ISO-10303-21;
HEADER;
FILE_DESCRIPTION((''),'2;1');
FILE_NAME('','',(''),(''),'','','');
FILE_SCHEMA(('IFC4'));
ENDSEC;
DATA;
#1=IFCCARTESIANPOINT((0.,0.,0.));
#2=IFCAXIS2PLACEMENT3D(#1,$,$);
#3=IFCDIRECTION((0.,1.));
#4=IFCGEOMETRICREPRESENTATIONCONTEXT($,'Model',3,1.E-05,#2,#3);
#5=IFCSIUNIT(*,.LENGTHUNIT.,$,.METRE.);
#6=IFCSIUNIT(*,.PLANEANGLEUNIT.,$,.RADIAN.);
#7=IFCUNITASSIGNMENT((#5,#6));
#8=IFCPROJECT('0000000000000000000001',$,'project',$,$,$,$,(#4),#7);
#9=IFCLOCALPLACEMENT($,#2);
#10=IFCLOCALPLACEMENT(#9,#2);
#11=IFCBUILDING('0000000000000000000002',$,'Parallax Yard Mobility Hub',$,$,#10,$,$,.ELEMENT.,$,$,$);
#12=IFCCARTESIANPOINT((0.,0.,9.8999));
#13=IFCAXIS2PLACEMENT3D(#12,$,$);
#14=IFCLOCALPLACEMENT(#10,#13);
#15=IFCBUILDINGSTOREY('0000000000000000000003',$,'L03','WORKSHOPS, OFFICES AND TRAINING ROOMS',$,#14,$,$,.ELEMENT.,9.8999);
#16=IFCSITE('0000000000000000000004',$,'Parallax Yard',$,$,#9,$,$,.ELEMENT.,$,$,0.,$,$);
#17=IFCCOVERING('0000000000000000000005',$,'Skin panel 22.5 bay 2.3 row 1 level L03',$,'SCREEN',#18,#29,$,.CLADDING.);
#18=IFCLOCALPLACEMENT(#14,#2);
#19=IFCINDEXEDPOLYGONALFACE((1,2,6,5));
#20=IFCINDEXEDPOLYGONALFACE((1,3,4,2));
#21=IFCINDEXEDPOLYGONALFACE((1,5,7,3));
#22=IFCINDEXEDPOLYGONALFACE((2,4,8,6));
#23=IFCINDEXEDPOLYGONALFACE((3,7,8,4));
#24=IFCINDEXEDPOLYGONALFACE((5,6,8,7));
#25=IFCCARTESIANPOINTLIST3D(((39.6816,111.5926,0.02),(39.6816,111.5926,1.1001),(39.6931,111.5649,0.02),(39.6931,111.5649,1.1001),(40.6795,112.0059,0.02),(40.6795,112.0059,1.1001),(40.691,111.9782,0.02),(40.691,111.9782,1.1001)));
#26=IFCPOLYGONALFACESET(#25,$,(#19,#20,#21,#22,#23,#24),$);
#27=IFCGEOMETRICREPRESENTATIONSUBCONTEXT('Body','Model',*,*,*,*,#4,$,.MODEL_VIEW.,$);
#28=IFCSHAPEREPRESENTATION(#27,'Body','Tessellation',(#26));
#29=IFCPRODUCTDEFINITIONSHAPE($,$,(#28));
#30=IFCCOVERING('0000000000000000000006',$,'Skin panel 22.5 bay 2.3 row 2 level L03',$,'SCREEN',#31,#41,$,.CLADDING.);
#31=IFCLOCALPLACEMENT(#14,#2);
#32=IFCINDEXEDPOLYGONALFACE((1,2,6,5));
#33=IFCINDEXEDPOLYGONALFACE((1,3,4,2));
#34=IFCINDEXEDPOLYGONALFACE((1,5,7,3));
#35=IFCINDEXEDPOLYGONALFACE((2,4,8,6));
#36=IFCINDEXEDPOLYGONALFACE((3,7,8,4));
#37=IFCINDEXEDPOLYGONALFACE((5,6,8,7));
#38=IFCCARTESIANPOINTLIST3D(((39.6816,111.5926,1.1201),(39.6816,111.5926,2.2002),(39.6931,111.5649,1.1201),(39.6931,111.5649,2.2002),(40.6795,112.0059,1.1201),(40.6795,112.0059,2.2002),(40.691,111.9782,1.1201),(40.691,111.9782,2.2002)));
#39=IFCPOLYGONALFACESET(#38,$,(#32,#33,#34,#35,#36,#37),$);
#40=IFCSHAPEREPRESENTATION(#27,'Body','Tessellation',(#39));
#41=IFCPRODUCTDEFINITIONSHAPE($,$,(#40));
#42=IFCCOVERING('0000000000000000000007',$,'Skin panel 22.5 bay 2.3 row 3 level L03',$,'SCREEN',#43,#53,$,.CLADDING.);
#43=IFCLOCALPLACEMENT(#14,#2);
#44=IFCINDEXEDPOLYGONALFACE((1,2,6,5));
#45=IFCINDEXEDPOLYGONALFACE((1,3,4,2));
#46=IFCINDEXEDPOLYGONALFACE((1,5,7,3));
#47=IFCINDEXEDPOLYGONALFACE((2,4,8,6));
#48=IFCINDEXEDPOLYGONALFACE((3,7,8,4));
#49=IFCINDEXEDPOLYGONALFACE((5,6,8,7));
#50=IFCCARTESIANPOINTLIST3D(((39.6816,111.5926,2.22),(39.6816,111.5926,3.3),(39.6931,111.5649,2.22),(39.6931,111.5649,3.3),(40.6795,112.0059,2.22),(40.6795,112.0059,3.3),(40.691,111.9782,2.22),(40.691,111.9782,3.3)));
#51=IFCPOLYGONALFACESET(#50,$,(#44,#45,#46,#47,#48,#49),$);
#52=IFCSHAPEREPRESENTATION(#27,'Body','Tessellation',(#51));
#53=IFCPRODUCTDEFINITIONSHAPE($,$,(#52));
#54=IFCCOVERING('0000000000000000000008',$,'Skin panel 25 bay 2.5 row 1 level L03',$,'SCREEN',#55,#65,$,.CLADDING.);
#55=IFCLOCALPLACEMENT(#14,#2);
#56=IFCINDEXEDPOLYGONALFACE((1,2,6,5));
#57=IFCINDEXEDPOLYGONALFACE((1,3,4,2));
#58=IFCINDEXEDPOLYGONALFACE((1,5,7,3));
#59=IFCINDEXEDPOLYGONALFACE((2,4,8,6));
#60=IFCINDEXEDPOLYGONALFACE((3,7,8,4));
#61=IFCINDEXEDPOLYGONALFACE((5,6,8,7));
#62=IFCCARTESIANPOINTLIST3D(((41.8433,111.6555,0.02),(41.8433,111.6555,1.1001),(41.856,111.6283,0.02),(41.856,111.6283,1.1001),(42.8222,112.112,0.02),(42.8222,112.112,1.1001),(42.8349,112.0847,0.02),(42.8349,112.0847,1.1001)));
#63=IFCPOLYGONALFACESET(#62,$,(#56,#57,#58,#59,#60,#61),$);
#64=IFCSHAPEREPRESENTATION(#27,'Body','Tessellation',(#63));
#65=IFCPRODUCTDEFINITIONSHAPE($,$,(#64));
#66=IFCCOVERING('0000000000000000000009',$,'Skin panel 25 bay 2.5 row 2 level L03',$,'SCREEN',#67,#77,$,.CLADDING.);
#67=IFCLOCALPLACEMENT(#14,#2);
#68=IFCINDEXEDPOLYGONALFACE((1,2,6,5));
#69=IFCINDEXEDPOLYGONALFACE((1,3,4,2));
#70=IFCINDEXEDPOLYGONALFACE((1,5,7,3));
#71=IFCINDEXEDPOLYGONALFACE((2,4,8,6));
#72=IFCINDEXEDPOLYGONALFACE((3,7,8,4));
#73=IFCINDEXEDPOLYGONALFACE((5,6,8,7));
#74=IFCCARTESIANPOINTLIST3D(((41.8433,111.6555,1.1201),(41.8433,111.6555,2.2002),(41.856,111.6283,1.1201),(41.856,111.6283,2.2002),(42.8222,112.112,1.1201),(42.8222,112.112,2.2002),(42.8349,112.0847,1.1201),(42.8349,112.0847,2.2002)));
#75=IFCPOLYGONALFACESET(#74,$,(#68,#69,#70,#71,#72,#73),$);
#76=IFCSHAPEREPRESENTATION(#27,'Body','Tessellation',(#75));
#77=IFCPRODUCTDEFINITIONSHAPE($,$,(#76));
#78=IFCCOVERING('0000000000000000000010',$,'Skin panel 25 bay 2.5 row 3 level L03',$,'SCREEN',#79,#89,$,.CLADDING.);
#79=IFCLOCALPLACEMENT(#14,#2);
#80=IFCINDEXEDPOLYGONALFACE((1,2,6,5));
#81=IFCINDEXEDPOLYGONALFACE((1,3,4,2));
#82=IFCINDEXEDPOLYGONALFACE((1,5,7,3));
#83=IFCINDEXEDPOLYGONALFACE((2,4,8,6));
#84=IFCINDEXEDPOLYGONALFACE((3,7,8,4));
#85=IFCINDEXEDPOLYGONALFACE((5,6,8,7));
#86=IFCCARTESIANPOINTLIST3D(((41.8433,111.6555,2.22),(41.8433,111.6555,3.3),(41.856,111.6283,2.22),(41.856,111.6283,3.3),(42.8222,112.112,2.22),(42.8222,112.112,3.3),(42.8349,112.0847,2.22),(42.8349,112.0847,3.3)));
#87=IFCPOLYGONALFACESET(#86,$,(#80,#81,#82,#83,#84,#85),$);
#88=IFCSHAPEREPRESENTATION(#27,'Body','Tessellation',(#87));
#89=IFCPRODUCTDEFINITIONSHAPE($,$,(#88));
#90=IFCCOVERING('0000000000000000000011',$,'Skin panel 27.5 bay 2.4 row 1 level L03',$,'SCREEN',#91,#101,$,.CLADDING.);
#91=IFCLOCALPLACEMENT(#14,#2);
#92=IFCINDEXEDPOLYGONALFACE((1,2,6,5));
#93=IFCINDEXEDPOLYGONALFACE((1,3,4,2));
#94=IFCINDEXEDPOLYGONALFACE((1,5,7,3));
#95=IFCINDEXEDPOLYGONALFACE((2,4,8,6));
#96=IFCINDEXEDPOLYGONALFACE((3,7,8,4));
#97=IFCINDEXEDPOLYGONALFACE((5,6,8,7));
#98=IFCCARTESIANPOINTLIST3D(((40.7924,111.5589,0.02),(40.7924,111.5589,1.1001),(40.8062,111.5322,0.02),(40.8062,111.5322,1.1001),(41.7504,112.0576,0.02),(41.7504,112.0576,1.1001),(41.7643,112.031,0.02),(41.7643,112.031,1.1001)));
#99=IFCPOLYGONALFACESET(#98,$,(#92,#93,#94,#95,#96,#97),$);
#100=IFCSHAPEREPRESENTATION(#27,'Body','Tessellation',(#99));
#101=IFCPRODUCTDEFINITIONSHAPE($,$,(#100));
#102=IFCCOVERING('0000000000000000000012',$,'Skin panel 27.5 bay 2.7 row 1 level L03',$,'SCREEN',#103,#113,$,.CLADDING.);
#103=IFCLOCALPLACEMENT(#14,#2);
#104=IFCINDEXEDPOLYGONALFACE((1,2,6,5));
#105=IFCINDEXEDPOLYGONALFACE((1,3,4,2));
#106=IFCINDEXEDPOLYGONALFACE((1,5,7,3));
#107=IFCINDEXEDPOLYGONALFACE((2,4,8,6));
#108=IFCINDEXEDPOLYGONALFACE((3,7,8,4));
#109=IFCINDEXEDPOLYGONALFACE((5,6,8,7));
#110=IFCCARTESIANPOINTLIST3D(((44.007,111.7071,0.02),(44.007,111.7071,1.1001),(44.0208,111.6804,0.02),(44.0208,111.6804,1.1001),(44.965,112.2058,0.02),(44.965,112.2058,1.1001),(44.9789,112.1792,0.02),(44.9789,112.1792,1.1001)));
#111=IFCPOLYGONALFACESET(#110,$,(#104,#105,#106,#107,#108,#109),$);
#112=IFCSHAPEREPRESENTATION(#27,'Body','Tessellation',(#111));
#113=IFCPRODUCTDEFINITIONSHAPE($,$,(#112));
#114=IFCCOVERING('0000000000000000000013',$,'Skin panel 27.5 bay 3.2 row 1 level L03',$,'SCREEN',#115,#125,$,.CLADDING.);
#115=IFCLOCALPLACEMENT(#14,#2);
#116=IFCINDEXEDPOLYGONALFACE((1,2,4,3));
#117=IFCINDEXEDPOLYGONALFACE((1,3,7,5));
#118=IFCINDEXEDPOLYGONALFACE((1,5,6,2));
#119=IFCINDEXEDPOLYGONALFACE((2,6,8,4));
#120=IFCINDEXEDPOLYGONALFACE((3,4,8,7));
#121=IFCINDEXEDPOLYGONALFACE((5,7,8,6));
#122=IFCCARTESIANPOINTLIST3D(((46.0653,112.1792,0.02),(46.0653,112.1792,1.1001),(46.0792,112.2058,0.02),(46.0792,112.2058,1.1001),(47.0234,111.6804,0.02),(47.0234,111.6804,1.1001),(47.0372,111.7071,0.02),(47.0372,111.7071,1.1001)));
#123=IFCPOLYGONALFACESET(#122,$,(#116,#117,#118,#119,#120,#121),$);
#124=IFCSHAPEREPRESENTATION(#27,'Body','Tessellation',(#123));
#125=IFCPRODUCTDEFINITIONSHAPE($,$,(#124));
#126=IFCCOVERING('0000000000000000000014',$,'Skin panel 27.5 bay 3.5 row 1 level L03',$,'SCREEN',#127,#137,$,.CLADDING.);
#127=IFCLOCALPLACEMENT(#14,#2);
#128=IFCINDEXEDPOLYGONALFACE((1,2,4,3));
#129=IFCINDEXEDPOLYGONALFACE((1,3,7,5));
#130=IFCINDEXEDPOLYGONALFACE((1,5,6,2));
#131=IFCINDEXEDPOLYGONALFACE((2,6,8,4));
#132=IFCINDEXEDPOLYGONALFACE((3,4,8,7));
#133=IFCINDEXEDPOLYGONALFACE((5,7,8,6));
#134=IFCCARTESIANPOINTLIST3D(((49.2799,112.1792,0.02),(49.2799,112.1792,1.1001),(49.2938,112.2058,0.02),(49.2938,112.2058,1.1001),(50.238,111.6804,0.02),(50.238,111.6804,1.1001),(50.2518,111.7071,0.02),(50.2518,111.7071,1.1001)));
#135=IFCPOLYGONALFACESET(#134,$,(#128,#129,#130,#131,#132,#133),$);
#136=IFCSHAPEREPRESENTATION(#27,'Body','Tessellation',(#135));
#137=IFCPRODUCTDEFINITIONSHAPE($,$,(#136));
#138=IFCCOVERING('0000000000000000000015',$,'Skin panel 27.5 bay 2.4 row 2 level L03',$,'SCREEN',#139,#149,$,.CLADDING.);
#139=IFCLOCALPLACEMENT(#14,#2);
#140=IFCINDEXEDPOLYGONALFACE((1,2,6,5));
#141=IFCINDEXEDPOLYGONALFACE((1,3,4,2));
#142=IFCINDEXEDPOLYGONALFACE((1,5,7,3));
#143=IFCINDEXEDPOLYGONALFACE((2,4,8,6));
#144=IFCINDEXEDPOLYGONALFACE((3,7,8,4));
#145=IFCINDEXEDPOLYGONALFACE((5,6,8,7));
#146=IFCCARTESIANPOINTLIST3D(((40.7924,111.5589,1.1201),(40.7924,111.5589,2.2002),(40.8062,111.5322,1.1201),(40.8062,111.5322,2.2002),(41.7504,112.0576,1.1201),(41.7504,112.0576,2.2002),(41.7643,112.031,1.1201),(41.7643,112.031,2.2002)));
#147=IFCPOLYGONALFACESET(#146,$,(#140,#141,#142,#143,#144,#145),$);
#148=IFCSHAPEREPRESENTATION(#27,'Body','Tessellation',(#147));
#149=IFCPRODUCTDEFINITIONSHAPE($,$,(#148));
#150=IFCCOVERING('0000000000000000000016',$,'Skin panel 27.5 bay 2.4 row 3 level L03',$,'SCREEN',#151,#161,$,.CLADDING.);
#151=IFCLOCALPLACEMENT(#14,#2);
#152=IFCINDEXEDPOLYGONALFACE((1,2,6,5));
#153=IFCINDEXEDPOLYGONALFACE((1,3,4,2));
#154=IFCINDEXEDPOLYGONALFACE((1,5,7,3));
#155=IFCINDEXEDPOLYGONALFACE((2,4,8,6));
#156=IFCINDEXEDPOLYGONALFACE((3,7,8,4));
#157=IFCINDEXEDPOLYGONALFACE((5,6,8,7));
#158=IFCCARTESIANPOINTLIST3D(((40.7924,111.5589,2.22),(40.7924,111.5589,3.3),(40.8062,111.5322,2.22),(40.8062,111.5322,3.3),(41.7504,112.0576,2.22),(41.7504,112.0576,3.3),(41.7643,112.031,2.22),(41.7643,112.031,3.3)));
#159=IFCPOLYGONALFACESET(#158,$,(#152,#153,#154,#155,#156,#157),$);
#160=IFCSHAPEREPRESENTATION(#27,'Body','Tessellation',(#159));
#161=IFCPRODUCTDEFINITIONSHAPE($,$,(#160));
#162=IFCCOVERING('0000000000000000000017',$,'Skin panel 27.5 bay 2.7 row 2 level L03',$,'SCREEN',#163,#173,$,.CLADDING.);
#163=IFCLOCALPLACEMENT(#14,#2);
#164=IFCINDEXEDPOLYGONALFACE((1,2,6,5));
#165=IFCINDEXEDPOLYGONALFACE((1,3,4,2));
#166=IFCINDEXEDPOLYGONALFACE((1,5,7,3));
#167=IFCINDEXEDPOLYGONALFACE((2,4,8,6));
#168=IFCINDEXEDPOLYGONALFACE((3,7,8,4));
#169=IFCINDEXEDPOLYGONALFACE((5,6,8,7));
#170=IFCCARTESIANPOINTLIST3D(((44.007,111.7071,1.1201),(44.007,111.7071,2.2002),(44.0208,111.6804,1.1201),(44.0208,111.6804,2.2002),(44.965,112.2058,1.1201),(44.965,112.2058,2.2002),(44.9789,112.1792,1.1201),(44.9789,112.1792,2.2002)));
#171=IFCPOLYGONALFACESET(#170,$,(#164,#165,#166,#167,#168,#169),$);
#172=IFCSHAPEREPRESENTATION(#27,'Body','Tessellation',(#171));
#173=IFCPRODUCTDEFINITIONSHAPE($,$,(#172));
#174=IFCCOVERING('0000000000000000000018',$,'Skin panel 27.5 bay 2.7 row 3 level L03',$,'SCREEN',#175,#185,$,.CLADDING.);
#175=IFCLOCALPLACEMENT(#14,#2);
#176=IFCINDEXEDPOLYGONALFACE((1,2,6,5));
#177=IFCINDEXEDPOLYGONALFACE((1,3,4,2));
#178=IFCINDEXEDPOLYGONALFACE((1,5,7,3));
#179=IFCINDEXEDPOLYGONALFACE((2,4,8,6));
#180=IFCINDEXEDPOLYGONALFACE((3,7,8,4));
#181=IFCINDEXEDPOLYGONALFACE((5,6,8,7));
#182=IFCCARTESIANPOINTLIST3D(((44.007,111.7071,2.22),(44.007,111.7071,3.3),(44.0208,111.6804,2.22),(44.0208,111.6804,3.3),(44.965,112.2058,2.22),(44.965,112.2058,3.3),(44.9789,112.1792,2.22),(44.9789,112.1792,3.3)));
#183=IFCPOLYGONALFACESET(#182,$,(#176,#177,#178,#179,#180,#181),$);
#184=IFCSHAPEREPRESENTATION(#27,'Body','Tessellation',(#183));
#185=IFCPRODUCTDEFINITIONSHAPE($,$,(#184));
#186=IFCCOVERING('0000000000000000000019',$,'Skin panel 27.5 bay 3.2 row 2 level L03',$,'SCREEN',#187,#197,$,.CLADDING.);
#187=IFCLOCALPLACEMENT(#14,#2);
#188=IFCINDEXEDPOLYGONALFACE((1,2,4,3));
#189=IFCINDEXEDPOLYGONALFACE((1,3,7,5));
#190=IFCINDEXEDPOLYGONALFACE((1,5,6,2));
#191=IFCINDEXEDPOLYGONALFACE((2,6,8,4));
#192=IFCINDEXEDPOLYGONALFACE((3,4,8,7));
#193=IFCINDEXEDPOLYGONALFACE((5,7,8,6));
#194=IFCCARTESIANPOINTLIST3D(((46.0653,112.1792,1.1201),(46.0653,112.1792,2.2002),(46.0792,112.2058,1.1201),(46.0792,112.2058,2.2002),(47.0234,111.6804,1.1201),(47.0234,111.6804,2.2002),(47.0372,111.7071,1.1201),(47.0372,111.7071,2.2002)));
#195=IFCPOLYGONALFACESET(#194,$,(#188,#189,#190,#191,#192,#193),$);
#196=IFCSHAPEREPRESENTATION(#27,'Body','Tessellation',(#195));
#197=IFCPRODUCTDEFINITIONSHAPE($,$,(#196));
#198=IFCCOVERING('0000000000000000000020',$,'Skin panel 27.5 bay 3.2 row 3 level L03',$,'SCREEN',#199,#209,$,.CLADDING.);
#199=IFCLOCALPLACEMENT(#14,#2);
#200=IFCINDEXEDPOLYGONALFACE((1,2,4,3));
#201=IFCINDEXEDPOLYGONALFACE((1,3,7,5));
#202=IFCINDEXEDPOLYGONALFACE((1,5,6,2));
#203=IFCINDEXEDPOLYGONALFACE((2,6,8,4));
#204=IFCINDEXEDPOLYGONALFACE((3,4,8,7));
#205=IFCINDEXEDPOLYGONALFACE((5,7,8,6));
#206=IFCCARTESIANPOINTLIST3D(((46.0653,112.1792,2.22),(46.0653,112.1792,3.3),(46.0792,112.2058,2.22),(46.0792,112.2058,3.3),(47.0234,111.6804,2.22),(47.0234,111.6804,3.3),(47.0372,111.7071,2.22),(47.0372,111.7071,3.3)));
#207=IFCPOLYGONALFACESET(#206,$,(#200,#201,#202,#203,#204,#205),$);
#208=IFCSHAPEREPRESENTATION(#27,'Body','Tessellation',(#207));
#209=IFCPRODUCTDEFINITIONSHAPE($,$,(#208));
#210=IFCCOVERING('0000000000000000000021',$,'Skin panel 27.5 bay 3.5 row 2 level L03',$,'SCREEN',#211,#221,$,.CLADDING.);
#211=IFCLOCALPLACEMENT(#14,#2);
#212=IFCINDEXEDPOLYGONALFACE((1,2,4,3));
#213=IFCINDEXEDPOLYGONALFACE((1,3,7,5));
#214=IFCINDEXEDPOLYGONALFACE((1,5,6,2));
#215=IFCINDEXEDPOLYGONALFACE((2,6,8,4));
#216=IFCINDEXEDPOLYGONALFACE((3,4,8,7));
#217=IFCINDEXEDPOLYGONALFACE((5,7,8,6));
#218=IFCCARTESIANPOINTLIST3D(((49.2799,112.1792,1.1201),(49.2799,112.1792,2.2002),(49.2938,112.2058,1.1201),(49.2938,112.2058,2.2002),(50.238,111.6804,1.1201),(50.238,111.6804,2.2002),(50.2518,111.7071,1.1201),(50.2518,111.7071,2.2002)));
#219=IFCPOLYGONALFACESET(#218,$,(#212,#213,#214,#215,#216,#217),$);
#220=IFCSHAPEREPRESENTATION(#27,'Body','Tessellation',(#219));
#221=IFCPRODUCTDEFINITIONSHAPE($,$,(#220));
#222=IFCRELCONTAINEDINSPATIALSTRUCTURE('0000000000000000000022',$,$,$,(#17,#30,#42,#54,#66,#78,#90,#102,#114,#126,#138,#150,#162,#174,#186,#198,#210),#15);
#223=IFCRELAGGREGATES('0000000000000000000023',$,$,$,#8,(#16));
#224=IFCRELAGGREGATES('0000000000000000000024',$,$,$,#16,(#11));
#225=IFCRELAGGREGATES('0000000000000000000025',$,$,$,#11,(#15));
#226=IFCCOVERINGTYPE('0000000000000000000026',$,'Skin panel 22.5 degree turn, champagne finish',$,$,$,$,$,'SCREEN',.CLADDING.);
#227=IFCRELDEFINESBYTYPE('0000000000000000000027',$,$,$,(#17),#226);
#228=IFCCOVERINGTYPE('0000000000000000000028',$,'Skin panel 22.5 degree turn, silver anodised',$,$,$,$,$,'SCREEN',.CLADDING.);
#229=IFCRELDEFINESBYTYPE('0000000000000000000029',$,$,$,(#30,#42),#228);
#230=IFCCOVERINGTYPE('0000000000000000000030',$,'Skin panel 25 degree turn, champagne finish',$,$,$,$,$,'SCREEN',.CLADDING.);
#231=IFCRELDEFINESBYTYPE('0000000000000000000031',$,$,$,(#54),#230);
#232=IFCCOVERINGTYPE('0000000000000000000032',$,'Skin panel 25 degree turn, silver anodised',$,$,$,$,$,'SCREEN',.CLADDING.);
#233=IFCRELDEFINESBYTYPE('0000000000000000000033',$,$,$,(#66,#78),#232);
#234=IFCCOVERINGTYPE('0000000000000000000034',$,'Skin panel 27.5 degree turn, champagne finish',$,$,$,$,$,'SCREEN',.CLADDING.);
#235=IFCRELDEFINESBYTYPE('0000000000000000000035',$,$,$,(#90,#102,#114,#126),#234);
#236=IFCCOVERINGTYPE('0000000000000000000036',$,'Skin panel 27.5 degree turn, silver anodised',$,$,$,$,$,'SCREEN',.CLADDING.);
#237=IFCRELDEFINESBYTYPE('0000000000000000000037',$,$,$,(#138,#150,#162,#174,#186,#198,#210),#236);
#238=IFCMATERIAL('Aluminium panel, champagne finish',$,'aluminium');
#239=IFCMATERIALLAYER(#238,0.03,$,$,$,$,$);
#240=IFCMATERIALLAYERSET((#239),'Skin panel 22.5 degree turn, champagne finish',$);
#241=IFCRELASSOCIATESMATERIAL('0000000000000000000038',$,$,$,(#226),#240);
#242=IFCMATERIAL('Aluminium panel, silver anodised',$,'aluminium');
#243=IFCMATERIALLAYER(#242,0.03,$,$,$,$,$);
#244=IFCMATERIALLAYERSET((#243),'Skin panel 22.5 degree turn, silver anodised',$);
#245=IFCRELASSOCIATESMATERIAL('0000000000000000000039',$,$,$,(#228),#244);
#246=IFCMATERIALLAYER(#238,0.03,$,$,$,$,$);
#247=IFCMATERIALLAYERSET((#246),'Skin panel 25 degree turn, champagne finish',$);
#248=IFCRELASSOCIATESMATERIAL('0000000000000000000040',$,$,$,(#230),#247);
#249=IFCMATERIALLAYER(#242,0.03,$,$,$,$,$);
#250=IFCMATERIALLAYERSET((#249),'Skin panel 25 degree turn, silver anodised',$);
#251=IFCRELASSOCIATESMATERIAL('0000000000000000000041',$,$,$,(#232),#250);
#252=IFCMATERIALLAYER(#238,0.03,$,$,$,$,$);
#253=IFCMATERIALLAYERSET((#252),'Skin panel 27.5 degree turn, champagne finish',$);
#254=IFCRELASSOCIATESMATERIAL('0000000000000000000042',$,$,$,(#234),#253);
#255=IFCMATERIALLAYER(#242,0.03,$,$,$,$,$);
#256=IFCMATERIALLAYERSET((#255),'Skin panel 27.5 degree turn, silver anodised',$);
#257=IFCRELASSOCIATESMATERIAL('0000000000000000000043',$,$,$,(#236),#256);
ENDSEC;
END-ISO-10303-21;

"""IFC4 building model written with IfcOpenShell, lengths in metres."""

from ifc_helpers import new_model, si_unit, direction, frame, origin, origin_2d, place, context, subcontext, project, spatial, rectangle, extrude, material, layer, layer_set, type_object, element, save


model = new_model("IFC4")

# Units and contexts
model_context = context("Model", 3, precision=1e-05, world=origin(), true_north=direction((0.0, 1.0)))
body_context = subcontext(model_context, "Body", "Model", "MODEL_VIEW")
ifc_project = project(units=[si_unit("LENGTHUNIT", "METRE"), si_unit("PLANEANGLEUNIT", "RADIAN")], contexts=[model_context])

# Site, building, storey
site_placement = place(None, origin())
site = spatial("IfcSite", under=ifc_project, at=site_placement, Name="Parallax Yard", CompositionType="ELEMENT", RefElevation=0.0)
building_placement = place(site_placement, origin())
building = spatial("IfcBuilding", under=site, at=building_placement, Name="Parallax Yard Mobility Hub", CompositionType="ELEMENT")
storey_placement = place(building_placement, frame((0.0, 0.0, 9.8999)))
storey = spatial("IfcBuildingStorey", under=building, at=storey_placement, Name="L03", Description="WORKSHOPS, OFFICES AND TRAINING ROOMS", CompositionType="ELEMENT", Elevation=9.8999)

# Coverings
ifc_material_1 = material(Name="Aluminium panel, champagne finish", Category="aluminium")
ifc_layer_1 = layer(ifc_material_1, 0.03)
ifc_layer_set_1 = layer_set([ifc_layer_1], Name="Skin panel 22.5 degree turn, champagne finish")
covering_type_1 = type_object("IfcCoveringType", Name="Skin panel 22.5 degree turn, champagne finish", ElementType="SCREEN", PredefinedType="CLADDING", material=ifc_layer_set_1)
covering_1_placement = place(storey_placement, frame((40.1863, 111.7854, 0.02), z_axis=(0.0, 0.0, 1.0), x_axis=(-0.92388, -0.382683, 0.0)))
element("IfcCovering", 1, at=covering_1_placement, inside=storey, type_object=covering_type_1, Name="Skin panel 22.5 bay 2.3 row 1 level L03", ObjectType="SCREEN", PredefinedType="CLADDING", context=body_context, shape_type="SweptSolid", body=[
    extrude(rectangle(XDim=1.0801, YDim=0.03, at=origin_2d()), origin(), (0.0, 0.0, 1.0), 1.0801),
])
ifc_material_2 = material(Name="Aluminium panel, silver anodised", Category="aluminium")
ifc_layer_2 = layer(ifc_material_2, 0.03)
ifc_layer_set_2 = layer_set([ifc_layer_2], Name="Skin panel 22.5 degree turn, silver anodised")
covering_type_2 = type_object("IfcCoveringType", Name="Skin panel 22.5 degree turn, silver anodised", ElementType="SCREEN", PredefinedType="CLADDING", material=ifc_layer_set_2)
for number, where, z_axis, x_axis, name in (
    (2, (40.1863, 111.7854, 1.1201), (0.0, 0.0, 1.0), (-0.92388, -0.382683, 0.0), "Skin panel 22.5 bay 2.3 row 2 level L03"),
    (3, (40.1863, 111.7854, 2.22), (0.0, 0.0, 1.0), (-0.92388, -0.382683, 0.0), "Skin panel 22.5 bay 2.3 row 3 level L03"),
):
    element("IfcCovering", number, at=place(storey_placement, frame(where, z_axis=z_axis, x_axis=x_axis)), inside=storey, type_object=covering_type_2, Name=name, ObjectType="SCREEN", PredefinedType="CLADDING", context=body_context, shape_type="SweptSolid", body=[
        extrude(rectangle(XDim=1.0801, YDim=0.03, at=origin_2d()), origin(), (0.0, 0.0, 1.0), 1.0801),
    ])
ifc_layer_3 = layer(ifc_material_1, 0.03)
ifc_layer_set_3 = layer_set([ifc_layer_3], Name="Skin panel 25 degree turn, champagne finish")
covering_type_3 = type_object("IfcCoveringType", Name="Skin panel 25 degree turn, champagne finish", ElementType="SCREEN", PredefinedType="CLADDING", material=ifc_layer_set_3)
covering_2_placement = place(storey_placement, frame((42.3391, 111.8701, 0.02), z_axis=(0.0, 0.0, 1.0), x_axis=(-0.906308, -0.422618, 0.0)))
element("IfcCovering", 4, at=covering_2_placement, inside=storey, type_object=covering_type_3, Name="Skin panel 25 bay 2.5 row 1 level L03", ObjectType="SCREEN", PredefinedType="CLADDING", context=body_context, shape_type="SweptSolid", body=[
    extrude(rectangle(XDim=1.0801, YDim=0.03, at=origin_2d()), origin(), (0.0, 0.0, 1.0), 1.0801),
])
ifc_layer_4 = layer(ifc_material_2, 0.03)
ifc_layer_set_4 = layer_set([ifc_layer_4], Name="Skin panel 25 degree turn, silver anodised")
covering_type_4 = type_object("IfcCoveringType", Name="Skin panel 25 degree turn, silver anodised", ElementType="SCREEN", PredefinedType="CLADDING", material=ifc_layer_set_4)
for number, where, z_axis, x_axis, name in (
    (5, (42.3391, 111.8701, 1.1201), (0.0, 0.0, 1.0), (-0.906308, -0.422618, 0.0), "Skin panel 25 bay 2.5 row 2 level L03"),
    (6, (42.3391, 111.8701, 2.22), (0.0, 0.0, 1.0), (-0.906308, -0.422618, 0.0), "Skin panel 25 bay 2.5 row 3 level L03"),
):
    element("IfcCovering", number, at=place(storey_placement, frame(where, z_axis=z_axis, x_axis=x_axis)), inside=storey, type_object=covering_type_4, Name=name, ObjectType="SCREEN", PredefinedType="CLADDING", context=body_context, shape_type="SweptSolid", body=[
        extrude(rectangle(XDim=1.0801, YDim=0.03, at=origin_2d()), origin(), (0.0, 0.0, 1.0), 1.0801),
    ])
ifc_layer_5 = layer(ifc_material_1, 0.03)
ifc_layer_set_5 = layer_set([ifc_layer_5], Name="Skin panel 27.5 degree turn, champagne finish")
covering_type_5 = type_object("IfcCoveringType", Name="Skin panel 27.5 degree turn, champagne finish", ElementType="SCREEN", PredefinedType="CLADDING", material=ifc_layer_set_5)
for number, where, z_axis, x_axis, name in (
    (7, (41.2783, 111.7949, 0.02), (0.0, 0.0, 1.0), (-0.887011, -0.461749, 0.0), "Skin panel 27.5 bay 2.4 row 1 level L03"),
    (8, (44.4929, 111.9431, 0.02), (0.0, 0.0, 1.0), (-0.887011, -0.461749, 0.0), "Skin panel 27.5 bay 2.7 row 1 level L03"),
    (9, (46.5513, 111.9431, 0.02), (0.0, 0.0, 1.0), (0.887011, -0.461749, 0.0), "Skin panel 27.5 bay 3.2 row 1 level L03"),
    (10, (49.7659, 111.9431, 0.02), (0.0, 0.0, 1.0), (0.887011, -0.461749, 0.0), "Skin panel 27.5 bay 3.5 row 1 level L03"),
):
    element("IfcCovering", number, at=place(storey_placement, frame(where, z_axis=z_axis, x_axis=x_axis)), inside=storey, type_object=covering_type_5, Name=name, ObjectType="SCREEN", PredefinedType="CLADDING", context=body_context, shape_type="SweptSolid", body=[
        extrude(rectangle(XDim=1.0801, YDim=0.03, at=origin_2d()), origin(), (0.0, 0.0, 1.0), 1.0801),
    ])
ifc_layer_6 = layer(ifc_material_2, 0.03)
ifc_layer_set_6 = layer_set([ifc_layer_6], Name="Skin panel 27.5 degree turn, silver anodised")
covering_type_6 = type_object("IfcCoveringType", Name="Skin panel 27.5 degree turn, silver anodised", ElementType="SCREEN", PredefinedType="CLADDING", material=ifc_layer_set_6)
for number, where, z_axis, x_axis, name in (
    (11, (41.2783, 111.7949, 1.1201), (0.0, 0.0, 1.0), (-0.887011, -0.461749, 0.0), "Skin panel 27.5 bay 2.4 row 2 level L03"),
    (12, (41.2783, 111.7949, 2.22), (0.0, 0.0, 1.0), (-0.887011, -0.461749, 0.0), "Skin panel 27.5 bay 2.4 row 3 level L03"),
    (13, (44.4929, 111.9431, 1.1201), (0.0, 0.0, 1.0), (-0.887011, -0.461749, 0.0), "Skin panel 27.5 bay 2.7 row 2 level L03"),
    (14, (44.4929, 111.9431, 2.22), (0.0, 0.0, 1.0), (-0.887011, -0.461749, 0.0), "Skin panel 27.5 bay 2.7 row 3 level L03"),
    (15, (46.5513, 111.9431, 1.1201), (0.0, 0.0, 1.0), (0.887011, -0.461749, 0.0), "Skin panel 27.5 bay 3.2 row 2 level L03"),
    (16, (46.5513, 111.9431, 2.22), (0.0, 0.0, 1.0), (0.887011, -0.461749, 0.0), "Skin panel 27.5 bay 3.2 row 3 level L03"),
    (17, (49.7659, 111.9431, 1.1201), (0.0, 0.0, 1.0), (0.887011, -0.461749, 0.0), "Skin panel 27.5 bay 3.5 row 2 level L03"),
):
    element("IfcCovering", number, at=place(storey_placement, frame(where, z_axis=z_axis, x_axis=x_axis)), inside=storey, type_object=covering_type_6, Name=name, ObjectType="SCREEN", PredefinedType="CLADDING", context=body_context, shape_type="SweptSolid", body=[
        extrude(rectangle(XDim=1.0801, YDim=0.03, at=origin_2d()), origin(), (0.0, 0.0, 1.0), 1.0801),
    ])

save(model, "model.ifc")
